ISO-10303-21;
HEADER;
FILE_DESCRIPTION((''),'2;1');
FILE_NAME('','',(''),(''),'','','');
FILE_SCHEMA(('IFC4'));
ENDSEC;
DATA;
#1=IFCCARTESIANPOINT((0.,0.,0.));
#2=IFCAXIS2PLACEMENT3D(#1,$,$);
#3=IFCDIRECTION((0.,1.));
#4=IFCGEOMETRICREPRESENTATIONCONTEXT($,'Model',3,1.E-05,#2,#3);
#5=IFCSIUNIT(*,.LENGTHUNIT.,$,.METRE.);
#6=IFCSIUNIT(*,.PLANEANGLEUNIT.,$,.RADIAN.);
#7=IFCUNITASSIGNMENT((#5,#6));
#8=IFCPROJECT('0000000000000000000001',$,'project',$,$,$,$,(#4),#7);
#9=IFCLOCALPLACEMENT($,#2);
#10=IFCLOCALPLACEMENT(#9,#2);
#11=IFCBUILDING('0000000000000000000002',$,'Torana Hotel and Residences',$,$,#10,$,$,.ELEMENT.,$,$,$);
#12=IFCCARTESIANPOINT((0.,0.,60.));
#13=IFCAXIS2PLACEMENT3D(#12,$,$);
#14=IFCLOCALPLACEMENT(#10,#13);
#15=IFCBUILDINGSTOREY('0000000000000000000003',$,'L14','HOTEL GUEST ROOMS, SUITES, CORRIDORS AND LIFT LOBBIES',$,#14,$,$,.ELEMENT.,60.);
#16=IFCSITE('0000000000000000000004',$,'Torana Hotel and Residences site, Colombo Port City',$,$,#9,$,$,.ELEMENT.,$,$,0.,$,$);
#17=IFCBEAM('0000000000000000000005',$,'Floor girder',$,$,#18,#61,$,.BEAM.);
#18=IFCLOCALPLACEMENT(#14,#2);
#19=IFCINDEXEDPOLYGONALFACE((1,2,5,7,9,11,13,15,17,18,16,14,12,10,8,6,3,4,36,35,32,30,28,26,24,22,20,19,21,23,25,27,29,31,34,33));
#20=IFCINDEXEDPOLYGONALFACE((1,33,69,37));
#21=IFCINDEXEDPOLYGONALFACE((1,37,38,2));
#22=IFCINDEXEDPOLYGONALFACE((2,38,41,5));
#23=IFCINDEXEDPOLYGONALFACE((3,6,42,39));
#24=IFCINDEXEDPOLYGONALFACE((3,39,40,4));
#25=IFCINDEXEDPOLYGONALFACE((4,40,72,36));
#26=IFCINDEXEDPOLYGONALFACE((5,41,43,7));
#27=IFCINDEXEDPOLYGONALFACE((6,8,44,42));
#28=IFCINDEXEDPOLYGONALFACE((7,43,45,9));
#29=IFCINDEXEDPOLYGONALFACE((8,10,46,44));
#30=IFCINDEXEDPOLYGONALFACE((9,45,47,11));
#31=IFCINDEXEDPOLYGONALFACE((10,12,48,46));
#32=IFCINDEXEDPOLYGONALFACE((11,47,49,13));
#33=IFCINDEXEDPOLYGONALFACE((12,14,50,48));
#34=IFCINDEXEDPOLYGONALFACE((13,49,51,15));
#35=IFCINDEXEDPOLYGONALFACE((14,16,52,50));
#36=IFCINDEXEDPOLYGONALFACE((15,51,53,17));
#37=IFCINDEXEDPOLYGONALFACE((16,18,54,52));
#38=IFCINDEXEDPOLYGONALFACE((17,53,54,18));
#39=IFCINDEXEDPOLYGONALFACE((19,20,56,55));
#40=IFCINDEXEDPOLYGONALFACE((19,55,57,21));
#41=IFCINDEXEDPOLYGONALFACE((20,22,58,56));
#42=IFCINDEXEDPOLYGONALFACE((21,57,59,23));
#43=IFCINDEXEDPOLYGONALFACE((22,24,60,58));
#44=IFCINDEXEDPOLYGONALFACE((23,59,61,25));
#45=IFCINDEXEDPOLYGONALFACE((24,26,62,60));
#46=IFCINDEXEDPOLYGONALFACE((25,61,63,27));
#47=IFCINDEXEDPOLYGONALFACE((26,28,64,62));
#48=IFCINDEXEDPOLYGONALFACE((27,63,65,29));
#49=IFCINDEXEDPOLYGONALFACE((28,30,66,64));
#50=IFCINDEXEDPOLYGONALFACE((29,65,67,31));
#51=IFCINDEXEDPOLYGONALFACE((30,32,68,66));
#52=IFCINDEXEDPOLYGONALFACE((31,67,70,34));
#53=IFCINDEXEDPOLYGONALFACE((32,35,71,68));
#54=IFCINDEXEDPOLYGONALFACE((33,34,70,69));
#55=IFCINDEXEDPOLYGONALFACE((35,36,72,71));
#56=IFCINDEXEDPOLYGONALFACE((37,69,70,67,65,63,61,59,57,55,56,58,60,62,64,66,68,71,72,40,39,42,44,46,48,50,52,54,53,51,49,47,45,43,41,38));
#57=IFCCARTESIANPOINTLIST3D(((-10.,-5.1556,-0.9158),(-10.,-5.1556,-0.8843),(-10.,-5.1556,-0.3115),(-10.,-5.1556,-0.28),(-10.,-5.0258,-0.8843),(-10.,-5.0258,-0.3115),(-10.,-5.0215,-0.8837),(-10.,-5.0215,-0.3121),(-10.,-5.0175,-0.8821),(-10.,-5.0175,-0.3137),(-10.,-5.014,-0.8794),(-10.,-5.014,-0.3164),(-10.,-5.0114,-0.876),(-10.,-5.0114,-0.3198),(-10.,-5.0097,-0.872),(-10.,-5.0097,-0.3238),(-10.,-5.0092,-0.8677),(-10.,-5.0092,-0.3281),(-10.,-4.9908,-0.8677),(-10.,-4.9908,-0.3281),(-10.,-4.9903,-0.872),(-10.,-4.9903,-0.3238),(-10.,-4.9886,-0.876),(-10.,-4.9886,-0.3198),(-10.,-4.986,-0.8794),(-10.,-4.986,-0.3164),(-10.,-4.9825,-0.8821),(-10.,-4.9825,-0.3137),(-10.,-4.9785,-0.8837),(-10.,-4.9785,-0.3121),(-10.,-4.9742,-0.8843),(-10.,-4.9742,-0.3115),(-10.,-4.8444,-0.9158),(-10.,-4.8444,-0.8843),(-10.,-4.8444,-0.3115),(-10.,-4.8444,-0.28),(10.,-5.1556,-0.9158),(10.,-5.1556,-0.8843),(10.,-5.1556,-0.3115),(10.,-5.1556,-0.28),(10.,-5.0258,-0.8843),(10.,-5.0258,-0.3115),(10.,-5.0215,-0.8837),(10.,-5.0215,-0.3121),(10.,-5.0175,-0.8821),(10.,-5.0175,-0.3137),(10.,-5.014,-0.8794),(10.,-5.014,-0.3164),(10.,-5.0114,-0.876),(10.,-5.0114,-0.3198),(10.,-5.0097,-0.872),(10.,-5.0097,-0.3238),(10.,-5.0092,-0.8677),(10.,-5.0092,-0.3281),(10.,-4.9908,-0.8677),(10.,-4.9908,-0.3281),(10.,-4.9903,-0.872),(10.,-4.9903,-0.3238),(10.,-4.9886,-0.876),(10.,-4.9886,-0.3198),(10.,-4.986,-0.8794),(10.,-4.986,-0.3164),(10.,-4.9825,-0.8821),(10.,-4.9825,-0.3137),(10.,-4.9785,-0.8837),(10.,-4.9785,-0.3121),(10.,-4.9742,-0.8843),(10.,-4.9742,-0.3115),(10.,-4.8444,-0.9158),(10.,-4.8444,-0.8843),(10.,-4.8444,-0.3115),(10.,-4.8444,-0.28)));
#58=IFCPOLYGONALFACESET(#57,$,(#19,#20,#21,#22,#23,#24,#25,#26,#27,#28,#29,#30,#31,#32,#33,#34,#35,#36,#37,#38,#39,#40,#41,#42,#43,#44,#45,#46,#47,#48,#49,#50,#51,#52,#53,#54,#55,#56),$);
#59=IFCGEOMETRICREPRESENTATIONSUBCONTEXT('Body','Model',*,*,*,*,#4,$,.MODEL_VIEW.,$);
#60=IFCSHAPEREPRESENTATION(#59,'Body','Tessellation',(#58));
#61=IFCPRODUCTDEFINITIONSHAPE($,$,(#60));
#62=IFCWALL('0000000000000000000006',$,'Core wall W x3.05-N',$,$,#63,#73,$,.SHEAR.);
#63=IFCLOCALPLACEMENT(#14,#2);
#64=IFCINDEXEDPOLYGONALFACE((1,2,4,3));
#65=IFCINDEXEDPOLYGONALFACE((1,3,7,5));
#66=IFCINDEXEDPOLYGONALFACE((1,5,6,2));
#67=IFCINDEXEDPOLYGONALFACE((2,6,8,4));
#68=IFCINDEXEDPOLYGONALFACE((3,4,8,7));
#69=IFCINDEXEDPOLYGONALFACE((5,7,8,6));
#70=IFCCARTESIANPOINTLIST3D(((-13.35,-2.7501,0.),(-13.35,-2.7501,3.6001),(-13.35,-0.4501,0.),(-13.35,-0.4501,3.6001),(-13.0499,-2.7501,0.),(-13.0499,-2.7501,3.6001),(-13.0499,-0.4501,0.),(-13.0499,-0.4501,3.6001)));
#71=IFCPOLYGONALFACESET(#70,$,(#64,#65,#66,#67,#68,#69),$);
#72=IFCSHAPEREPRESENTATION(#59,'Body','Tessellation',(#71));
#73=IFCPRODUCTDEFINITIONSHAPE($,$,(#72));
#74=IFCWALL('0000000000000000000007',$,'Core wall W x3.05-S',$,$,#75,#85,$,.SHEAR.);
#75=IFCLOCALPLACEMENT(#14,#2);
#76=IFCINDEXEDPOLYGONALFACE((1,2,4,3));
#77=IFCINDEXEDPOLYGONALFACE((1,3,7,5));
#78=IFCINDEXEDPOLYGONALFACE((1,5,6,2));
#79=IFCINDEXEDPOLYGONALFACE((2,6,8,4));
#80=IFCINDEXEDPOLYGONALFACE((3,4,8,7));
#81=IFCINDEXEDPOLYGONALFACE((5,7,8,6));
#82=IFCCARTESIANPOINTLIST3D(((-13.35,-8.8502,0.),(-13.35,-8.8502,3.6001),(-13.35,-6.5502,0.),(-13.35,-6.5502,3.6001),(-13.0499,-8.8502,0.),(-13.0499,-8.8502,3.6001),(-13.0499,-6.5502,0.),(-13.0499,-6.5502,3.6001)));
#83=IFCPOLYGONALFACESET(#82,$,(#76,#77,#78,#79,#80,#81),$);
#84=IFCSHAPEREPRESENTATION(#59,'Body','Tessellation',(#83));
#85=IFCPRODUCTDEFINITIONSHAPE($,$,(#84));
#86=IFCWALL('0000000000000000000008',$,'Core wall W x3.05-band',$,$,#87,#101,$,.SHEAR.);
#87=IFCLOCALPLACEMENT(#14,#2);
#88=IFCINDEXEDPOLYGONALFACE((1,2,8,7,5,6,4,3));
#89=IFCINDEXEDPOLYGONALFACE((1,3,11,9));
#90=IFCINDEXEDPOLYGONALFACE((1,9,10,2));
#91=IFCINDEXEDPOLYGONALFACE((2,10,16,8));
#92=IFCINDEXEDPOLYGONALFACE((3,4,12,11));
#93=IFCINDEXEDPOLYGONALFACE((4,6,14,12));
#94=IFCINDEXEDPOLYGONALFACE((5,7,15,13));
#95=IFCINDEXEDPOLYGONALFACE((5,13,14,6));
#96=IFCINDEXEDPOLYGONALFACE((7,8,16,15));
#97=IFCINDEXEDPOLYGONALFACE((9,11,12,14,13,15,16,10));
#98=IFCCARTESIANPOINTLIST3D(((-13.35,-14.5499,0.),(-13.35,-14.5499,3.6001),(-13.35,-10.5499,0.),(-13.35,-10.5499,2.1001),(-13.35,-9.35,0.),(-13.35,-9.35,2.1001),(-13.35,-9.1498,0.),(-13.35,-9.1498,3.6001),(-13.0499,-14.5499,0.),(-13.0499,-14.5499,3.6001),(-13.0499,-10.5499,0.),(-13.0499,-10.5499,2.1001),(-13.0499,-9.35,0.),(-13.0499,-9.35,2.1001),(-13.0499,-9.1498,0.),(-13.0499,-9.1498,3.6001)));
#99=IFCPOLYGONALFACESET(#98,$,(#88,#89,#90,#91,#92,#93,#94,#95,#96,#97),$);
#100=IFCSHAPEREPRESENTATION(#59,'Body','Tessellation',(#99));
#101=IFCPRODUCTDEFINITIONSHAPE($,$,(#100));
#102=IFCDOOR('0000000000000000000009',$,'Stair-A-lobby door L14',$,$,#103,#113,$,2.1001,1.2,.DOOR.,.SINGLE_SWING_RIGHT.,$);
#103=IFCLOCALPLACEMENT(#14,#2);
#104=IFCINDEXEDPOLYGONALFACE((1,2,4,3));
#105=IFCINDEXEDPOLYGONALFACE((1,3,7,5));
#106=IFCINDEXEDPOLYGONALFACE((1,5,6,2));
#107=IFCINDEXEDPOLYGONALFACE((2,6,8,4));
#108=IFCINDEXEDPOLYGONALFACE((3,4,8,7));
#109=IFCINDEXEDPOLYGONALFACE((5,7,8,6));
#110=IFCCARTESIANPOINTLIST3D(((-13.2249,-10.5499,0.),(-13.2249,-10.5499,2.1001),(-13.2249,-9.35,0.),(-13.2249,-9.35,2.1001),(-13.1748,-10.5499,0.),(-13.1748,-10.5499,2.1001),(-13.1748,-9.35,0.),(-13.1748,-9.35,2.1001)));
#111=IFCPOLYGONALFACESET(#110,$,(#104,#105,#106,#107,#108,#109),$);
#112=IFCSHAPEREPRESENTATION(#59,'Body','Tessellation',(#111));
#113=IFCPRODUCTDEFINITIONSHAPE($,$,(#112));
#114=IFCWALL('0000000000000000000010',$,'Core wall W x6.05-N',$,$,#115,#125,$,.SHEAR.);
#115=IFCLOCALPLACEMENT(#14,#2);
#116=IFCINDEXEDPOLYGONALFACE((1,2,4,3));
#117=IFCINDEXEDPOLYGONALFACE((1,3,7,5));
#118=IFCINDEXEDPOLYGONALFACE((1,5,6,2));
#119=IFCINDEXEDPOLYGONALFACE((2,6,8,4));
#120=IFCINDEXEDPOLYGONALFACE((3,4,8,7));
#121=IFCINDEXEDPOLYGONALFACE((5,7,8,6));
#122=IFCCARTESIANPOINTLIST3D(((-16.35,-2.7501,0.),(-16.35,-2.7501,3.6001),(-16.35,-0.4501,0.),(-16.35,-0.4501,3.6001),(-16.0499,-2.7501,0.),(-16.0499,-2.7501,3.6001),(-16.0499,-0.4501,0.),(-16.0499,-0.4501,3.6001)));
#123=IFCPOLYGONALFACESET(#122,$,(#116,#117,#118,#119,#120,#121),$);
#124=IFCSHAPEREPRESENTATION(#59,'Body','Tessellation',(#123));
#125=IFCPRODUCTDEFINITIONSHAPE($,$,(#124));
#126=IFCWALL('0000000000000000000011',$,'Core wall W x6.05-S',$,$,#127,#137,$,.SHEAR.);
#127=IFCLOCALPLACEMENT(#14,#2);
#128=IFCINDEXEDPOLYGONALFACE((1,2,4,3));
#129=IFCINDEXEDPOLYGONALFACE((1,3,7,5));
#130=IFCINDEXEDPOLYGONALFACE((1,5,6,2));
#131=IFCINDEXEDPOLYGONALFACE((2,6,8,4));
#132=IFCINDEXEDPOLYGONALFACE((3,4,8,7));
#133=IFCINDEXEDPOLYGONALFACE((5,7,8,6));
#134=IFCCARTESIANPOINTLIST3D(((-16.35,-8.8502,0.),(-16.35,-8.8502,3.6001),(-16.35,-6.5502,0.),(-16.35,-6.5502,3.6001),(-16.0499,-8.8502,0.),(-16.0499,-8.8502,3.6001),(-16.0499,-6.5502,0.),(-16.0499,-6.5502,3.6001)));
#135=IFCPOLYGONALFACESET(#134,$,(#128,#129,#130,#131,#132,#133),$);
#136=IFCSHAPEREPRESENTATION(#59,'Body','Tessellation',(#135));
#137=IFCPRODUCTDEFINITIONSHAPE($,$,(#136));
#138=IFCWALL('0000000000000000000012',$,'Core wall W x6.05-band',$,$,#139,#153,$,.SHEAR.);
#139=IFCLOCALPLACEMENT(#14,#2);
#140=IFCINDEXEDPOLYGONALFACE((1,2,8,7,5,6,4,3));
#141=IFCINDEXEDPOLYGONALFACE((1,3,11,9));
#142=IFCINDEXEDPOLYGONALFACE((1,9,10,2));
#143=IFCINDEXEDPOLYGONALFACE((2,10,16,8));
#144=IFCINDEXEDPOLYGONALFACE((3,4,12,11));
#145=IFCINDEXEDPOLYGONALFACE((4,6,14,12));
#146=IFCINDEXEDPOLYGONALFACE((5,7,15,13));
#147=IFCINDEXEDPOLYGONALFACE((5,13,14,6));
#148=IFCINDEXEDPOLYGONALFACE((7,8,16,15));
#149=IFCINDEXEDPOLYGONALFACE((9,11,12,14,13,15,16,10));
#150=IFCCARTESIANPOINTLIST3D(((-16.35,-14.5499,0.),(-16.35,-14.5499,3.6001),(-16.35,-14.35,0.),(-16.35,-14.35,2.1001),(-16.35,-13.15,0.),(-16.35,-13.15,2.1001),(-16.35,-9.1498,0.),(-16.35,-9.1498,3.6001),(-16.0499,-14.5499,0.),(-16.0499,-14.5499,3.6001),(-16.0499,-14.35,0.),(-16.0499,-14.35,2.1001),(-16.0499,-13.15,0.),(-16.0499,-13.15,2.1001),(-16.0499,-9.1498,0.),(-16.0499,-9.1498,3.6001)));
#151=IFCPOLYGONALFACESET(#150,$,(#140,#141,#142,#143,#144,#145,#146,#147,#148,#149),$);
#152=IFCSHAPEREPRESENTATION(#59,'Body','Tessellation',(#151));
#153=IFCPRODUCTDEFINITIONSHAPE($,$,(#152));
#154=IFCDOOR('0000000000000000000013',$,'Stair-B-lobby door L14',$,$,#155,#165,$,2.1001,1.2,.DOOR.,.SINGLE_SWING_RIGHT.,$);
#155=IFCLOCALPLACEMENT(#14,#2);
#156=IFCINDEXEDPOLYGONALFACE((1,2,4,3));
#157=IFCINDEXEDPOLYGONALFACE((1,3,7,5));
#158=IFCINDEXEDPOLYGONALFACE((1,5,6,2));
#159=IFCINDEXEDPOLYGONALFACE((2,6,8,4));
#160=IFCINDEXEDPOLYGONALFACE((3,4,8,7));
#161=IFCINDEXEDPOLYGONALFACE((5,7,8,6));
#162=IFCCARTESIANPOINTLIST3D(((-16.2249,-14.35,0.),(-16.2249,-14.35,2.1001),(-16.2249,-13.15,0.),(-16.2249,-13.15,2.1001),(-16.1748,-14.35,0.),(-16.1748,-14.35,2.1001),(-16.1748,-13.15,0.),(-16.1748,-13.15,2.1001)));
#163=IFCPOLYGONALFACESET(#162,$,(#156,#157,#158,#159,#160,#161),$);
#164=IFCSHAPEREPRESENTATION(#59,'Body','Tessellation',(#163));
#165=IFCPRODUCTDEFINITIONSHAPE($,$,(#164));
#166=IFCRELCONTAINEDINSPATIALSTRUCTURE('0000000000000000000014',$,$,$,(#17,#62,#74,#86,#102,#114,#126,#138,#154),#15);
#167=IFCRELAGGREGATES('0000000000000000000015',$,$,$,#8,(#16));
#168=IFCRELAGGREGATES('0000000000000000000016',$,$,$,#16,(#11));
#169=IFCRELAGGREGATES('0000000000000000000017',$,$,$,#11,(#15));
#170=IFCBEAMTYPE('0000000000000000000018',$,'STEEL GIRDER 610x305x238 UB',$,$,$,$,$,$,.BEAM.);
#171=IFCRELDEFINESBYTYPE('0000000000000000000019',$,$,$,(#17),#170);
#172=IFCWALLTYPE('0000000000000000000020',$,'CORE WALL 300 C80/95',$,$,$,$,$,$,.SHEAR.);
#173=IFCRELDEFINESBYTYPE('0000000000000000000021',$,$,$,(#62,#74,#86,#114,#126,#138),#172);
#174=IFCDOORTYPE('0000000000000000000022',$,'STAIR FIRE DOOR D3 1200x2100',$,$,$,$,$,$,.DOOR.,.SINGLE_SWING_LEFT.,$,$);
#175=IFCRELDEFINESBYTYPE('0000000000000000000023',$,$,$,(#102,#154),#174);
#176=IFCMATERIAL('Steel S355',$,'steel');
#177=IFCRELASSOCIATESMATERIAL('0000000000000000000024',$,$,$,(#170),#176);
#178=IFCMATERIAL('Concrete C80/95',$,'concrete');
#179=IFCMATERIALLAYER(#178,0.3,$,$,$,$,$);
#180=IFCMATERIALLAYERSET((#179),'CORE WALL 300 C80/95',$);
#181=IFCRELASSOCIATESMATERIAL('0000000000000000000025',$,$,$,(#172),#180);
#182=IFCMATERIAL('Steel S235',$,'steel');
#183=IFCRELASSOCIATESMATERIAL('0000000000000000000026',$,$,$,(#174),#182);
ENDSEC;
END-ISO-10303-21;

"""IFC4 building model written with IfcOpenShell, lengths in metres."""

from ifc_helpers import new_model, si_unit, direction, frame, frame_2d, origin, origin_2d, place, context, subcontext, project, spatial, rectangle, i_section, extrude, material, layer, layer_set, material_profile, profile_set, type_object, element, fill, save


model = new_model("IFC4")

# Units and contexts
model_context = context("Model", 3, precision=1e-05, world=origin(), true_north=direction((0.0, 1.0)))
body_context = subcontext(model_context, "Body", "Model", "MODEL_VIEW")
ifc_project = project(units=[si_unit("LENGTHUNIT", "METRE"), si_unit("PLANEANGLEUNIT", "RADIAN")], contexts=[model_context])

# Site, building, storey
site_placement = place(None, origin())
site = spatial("IfcSite", under=ifc_project, at=site_placement, Name="Torana Hotel and Residences site, Colombo Port City", CompositionType="ELEMENT", RefElevation=0.0)
building_placement = place(site_placement, origin())
building = spatial("IfcBuilding", under=site, at=building_placement, Name="Torana Hotel and Residences", CompositionType="ELEMENT")
storey_placement = place(building_placement, frame((0.0, 0.0, 60.0)))
storey = spatial("IfcBuildingStorey", under=building, at=storey_placement, Name="L14", Description="HOTEL GUEST ROOMS, SUITES, CORRIDORS AND LIFT LOBBIES", CompositionType="ELEMENT", Elevation=60.0)

# Beam
ifc_material_1 = material(Name="Steel S355", Category="steel")
ifc_material_profile = material_profile(ifc_material_1, i_section(OverallWidth=0.3113, OverallDepth=0.6357, WebThickness=0.0183, FlangeThickness=0.0315, FilletRadius=0.0166, at=origin_2d()), Name="610x305x238 UB")
ifc_profile_set = profile_set([ifc_material_profile], Name="Steel S355")
beam_type = type_object("IfcBeamType", Name="STEEL GIRDER 610x305x238 UB", PredefinedType="BEAM", material=ifc_profile_set)
for number, where, z_axis, x_axis, name in (
    (1, (-10.0, -5.0, -0.5979), (1.0, 0.0, 0.0), (0.0, 1.0, 0.0), "Floor girder"),
):
    element("IfcBeam", number, at=place(storey_placement, frame(where, z_axis=z_axis, x_axis=x_axis)), inside=storey, type_object=beam_type, Name=name, PredefinedType="BEAM", context=body_context, shape_type="SweptSolid", body=[
        extrude(i_section(OverallWidth=0.3113, OverallDepth=0.6357, WebThickness=0.0183, FlangeThickness=0.0315, FilletRadius=0.0166, at=origin_2d()), origin(), (0.0, 0.0, 1.0), 20.0),
    ])

# Walls
ifc_material_2 = material(Name="Concrete C80/95", Category="concrete")
ifc_layer_1 = layer(ifc_material_2, 0.3)
ifc_layer_set_1 = layer_set([ifc_layer_1], Name="CORE WALL 300 C80/95")
wall_type_1 = type_object("IfcWallType", Name="CORE WALL 300 C80/95", PredefinedType="SHEAR", material=ifc_layer_set_1)
for number, where, z_axis, x_axis, name in (
    (2, (-13.2, -2.75, 0.0), (0.0, 0.0, 1.0), (0.0, 1.0, 0.0), "Core wall W x3.05-N"),
    (3, (-13.2, -8.8501, 0.0), (0.0, 0.0, 1.0), (0.0, 1.0, 0.0), "Core wall W x3.05-S"),
):
    element("IfcWall", number, at=place(storey_placement, frame(where, z_axis=z_axis, x_axis=x_axis)), inside=storey, type_object=wall_type_1, Name=name, PredefinedType="SHEAR", context=body_context, shape_type="SweptSolid", body=[
        extrude(rectangle(XDim=2.3, YDim=0.3, at=frame_2d((1.1499, 0.0))), origin(), (0.0, 0.0, 1.0), 3.6001),
    ])

# Wall, opening, door
wall_1_placement = place(storey_placement, frame((-13.2, -14.55, 0.0), z_axis=(0.0, 0.0, 1.0), x_axis=(0.0, 1.0, 0.0)))
wall_1 = element("IfcWall", 4, at=wall_1_placement, inside=storey, type_object=wall_type_1, Name="Core wall W x3.05-band", PredefinedType="SHEAR", context=body_context, shape_type="SweptSolid", body=[
    extrude(rectangle(XDim=5.4001, YDim=0.3, at=frame_2d((2.7002, 0.0))), origin(), (0.0, 0.0, 1.0), 3.6001),
])
opening_1_placement = place(wall_1_placement, frame((4.0, 0.0, 0.0)))
opening_1 = element("IfcOpeningElement", 5, at=opening_1_placement, cuts=wall_1, PredefinedType="OPENING", context=body_context, shape_type="SweptSolid", body=[
    extrude(rectangle(XDim=1.2, YDim=2.1001, at=frame_2d((0.6001, 1.05))), frame((0.0, 0.1599, 0.0), z_axis=(0.0, -1.0, 0.0), x_axis=(1.0, 0.0, 0.0)), (0.0, 0.0, 1.0), 0.3201),
])
ifc_material_3 = material(Name="Steel S235", Category="steel")
door_type_1 = type_object("IfcDoorType", Name="STAIR FIRE DOOR D3 1200x2100", OperationType="SINGLE_SWING_LEFT", PredefinedType="DOOR", material=ifc_material_3)
door_1_placement = place(opening_1_placement, frame((0.6001, 0.0, 0.0), z_axis=(0.0, 0.0, 1.0), x_axis=(-1.0, 0.0, 0.0)))
door_1 = element("IfcDoor", 6, at=door_1_placement, inside=storey, type_object=door_type_1, Name="Stair-A-lobby door L14", OperationType="SINGLE_SWING_RIGHT", OverallHeight=2.1001, OverallWidth=1.2, PredefinedType="DOOR", context=body_context, shape_type="SweptSolid", body=[
    extrude(rectangle(XDim=1.2, YDim=2.1001, at=frame_2d((0.0, 1.05))), frame((0.0, -0.0249, 0.0), z_axis=(0.0, 1.0, 0.0), x_axis=(-1.0, 0.0, 0.0)), (0.0, 0.0, 1.0), 0.05),
])
fill(opening_1, door_1)

# Walls
for number, where, z_axis, x_axis, name in (
    (7, (-16.2, -2.75, 0.0), (0.0, 0.0, 1.0), (0.0, 1.0, 0.0), "Core wall W x6.05-N"),
    (8, (-16.2, -8.8501, 0.0), (0.0, 0.0, 1.0), (0.0, 1.0, 0.0), "Core wall W x6.05-S"),
):
    element("IfcWall", number, at=place(storey_placement, frame(where, z_axis=z_axis, x_axis=x_axis)), inside=storey, type_object=wall_type_1, Name=name, PredefinedType="SHEAR", context=body_context, shape_type="SweptSolid", body=[
        extrude(rectangle(XDim=2.3, YDim=0.3, at=frame_2d((1.1499, 0.0))), origin(), (0.0, 0.0, 1.0), 3.6001),
    ])

# Wall, opening, door
wall_2_placement = place(storey_placement, frame((-16.2, -14.55, 0.0), z_axis=(0.0, 0.0, 1.0), x_axis=(0.0, 1.0, 0.0)))
wall_2 = element("IfcWall", 9, at=wall_2_placement, inside=storey, type_object=wall_type_1, Name="Core wall W x6.05-band", PredefinedType="SHEAR", context=body_context, shape_type="SweptSolid", body=[
    extrude(rectangle(XDim=5.4001, YDim=0.3, at=frame_2d((2.7002, 0.0))), origin(), (0.0, 0.0, 1.0), 3.6001),
])
opening_2_placement = place(wall_2_placement, frame((0.2, 0.0, 0.0)))
opening_2 = element("IfcOpeningElement", 10, at=opening_2_placement, cuts=wall_2, PredefinedType="OPENING", context=body_context, shape_type="SweptSolid", body=[
    extrude(rectangle(XDim=1.2, YDim=2.1001, at=frame_2d((0.6001, 1.05))), frame((0.0, 0.1599, 0.0), z_axis=(0.0, -1.0, 0.0), x_axis=(1.0, 0.0, 0.0)), (0.0, 0.0, 1.0), 0.3201),
])
door_2_placement = place(opening_2_placement, origin())
door_2 = element("IfcDoor", 11, at=door_2_placement, inside=storey, type_object=door_type_1, Name="Stair-B-lobby door L14", OperationType="SINGLE_SWING_RIGHT", OverallHeight=2.1001, OverallWidth=1.2, PredefinedType="DOOR", context=body_context, shape_type="SweptSolid", body=[
    extrude(rectangle(XDim=1.2, YDim=2.1001, at=frame_2d((0.6001, 1.05))), frame((0.0, 0.0249, 0.0), z_axis=(0.0, -1.0, 0.0), x_axis=(1.0, 0.0, 0.0)), (0.0, 0.0, 1.0), 0.05),
])
fill(opening_2, door_2)

save(model, "model.ifc")
